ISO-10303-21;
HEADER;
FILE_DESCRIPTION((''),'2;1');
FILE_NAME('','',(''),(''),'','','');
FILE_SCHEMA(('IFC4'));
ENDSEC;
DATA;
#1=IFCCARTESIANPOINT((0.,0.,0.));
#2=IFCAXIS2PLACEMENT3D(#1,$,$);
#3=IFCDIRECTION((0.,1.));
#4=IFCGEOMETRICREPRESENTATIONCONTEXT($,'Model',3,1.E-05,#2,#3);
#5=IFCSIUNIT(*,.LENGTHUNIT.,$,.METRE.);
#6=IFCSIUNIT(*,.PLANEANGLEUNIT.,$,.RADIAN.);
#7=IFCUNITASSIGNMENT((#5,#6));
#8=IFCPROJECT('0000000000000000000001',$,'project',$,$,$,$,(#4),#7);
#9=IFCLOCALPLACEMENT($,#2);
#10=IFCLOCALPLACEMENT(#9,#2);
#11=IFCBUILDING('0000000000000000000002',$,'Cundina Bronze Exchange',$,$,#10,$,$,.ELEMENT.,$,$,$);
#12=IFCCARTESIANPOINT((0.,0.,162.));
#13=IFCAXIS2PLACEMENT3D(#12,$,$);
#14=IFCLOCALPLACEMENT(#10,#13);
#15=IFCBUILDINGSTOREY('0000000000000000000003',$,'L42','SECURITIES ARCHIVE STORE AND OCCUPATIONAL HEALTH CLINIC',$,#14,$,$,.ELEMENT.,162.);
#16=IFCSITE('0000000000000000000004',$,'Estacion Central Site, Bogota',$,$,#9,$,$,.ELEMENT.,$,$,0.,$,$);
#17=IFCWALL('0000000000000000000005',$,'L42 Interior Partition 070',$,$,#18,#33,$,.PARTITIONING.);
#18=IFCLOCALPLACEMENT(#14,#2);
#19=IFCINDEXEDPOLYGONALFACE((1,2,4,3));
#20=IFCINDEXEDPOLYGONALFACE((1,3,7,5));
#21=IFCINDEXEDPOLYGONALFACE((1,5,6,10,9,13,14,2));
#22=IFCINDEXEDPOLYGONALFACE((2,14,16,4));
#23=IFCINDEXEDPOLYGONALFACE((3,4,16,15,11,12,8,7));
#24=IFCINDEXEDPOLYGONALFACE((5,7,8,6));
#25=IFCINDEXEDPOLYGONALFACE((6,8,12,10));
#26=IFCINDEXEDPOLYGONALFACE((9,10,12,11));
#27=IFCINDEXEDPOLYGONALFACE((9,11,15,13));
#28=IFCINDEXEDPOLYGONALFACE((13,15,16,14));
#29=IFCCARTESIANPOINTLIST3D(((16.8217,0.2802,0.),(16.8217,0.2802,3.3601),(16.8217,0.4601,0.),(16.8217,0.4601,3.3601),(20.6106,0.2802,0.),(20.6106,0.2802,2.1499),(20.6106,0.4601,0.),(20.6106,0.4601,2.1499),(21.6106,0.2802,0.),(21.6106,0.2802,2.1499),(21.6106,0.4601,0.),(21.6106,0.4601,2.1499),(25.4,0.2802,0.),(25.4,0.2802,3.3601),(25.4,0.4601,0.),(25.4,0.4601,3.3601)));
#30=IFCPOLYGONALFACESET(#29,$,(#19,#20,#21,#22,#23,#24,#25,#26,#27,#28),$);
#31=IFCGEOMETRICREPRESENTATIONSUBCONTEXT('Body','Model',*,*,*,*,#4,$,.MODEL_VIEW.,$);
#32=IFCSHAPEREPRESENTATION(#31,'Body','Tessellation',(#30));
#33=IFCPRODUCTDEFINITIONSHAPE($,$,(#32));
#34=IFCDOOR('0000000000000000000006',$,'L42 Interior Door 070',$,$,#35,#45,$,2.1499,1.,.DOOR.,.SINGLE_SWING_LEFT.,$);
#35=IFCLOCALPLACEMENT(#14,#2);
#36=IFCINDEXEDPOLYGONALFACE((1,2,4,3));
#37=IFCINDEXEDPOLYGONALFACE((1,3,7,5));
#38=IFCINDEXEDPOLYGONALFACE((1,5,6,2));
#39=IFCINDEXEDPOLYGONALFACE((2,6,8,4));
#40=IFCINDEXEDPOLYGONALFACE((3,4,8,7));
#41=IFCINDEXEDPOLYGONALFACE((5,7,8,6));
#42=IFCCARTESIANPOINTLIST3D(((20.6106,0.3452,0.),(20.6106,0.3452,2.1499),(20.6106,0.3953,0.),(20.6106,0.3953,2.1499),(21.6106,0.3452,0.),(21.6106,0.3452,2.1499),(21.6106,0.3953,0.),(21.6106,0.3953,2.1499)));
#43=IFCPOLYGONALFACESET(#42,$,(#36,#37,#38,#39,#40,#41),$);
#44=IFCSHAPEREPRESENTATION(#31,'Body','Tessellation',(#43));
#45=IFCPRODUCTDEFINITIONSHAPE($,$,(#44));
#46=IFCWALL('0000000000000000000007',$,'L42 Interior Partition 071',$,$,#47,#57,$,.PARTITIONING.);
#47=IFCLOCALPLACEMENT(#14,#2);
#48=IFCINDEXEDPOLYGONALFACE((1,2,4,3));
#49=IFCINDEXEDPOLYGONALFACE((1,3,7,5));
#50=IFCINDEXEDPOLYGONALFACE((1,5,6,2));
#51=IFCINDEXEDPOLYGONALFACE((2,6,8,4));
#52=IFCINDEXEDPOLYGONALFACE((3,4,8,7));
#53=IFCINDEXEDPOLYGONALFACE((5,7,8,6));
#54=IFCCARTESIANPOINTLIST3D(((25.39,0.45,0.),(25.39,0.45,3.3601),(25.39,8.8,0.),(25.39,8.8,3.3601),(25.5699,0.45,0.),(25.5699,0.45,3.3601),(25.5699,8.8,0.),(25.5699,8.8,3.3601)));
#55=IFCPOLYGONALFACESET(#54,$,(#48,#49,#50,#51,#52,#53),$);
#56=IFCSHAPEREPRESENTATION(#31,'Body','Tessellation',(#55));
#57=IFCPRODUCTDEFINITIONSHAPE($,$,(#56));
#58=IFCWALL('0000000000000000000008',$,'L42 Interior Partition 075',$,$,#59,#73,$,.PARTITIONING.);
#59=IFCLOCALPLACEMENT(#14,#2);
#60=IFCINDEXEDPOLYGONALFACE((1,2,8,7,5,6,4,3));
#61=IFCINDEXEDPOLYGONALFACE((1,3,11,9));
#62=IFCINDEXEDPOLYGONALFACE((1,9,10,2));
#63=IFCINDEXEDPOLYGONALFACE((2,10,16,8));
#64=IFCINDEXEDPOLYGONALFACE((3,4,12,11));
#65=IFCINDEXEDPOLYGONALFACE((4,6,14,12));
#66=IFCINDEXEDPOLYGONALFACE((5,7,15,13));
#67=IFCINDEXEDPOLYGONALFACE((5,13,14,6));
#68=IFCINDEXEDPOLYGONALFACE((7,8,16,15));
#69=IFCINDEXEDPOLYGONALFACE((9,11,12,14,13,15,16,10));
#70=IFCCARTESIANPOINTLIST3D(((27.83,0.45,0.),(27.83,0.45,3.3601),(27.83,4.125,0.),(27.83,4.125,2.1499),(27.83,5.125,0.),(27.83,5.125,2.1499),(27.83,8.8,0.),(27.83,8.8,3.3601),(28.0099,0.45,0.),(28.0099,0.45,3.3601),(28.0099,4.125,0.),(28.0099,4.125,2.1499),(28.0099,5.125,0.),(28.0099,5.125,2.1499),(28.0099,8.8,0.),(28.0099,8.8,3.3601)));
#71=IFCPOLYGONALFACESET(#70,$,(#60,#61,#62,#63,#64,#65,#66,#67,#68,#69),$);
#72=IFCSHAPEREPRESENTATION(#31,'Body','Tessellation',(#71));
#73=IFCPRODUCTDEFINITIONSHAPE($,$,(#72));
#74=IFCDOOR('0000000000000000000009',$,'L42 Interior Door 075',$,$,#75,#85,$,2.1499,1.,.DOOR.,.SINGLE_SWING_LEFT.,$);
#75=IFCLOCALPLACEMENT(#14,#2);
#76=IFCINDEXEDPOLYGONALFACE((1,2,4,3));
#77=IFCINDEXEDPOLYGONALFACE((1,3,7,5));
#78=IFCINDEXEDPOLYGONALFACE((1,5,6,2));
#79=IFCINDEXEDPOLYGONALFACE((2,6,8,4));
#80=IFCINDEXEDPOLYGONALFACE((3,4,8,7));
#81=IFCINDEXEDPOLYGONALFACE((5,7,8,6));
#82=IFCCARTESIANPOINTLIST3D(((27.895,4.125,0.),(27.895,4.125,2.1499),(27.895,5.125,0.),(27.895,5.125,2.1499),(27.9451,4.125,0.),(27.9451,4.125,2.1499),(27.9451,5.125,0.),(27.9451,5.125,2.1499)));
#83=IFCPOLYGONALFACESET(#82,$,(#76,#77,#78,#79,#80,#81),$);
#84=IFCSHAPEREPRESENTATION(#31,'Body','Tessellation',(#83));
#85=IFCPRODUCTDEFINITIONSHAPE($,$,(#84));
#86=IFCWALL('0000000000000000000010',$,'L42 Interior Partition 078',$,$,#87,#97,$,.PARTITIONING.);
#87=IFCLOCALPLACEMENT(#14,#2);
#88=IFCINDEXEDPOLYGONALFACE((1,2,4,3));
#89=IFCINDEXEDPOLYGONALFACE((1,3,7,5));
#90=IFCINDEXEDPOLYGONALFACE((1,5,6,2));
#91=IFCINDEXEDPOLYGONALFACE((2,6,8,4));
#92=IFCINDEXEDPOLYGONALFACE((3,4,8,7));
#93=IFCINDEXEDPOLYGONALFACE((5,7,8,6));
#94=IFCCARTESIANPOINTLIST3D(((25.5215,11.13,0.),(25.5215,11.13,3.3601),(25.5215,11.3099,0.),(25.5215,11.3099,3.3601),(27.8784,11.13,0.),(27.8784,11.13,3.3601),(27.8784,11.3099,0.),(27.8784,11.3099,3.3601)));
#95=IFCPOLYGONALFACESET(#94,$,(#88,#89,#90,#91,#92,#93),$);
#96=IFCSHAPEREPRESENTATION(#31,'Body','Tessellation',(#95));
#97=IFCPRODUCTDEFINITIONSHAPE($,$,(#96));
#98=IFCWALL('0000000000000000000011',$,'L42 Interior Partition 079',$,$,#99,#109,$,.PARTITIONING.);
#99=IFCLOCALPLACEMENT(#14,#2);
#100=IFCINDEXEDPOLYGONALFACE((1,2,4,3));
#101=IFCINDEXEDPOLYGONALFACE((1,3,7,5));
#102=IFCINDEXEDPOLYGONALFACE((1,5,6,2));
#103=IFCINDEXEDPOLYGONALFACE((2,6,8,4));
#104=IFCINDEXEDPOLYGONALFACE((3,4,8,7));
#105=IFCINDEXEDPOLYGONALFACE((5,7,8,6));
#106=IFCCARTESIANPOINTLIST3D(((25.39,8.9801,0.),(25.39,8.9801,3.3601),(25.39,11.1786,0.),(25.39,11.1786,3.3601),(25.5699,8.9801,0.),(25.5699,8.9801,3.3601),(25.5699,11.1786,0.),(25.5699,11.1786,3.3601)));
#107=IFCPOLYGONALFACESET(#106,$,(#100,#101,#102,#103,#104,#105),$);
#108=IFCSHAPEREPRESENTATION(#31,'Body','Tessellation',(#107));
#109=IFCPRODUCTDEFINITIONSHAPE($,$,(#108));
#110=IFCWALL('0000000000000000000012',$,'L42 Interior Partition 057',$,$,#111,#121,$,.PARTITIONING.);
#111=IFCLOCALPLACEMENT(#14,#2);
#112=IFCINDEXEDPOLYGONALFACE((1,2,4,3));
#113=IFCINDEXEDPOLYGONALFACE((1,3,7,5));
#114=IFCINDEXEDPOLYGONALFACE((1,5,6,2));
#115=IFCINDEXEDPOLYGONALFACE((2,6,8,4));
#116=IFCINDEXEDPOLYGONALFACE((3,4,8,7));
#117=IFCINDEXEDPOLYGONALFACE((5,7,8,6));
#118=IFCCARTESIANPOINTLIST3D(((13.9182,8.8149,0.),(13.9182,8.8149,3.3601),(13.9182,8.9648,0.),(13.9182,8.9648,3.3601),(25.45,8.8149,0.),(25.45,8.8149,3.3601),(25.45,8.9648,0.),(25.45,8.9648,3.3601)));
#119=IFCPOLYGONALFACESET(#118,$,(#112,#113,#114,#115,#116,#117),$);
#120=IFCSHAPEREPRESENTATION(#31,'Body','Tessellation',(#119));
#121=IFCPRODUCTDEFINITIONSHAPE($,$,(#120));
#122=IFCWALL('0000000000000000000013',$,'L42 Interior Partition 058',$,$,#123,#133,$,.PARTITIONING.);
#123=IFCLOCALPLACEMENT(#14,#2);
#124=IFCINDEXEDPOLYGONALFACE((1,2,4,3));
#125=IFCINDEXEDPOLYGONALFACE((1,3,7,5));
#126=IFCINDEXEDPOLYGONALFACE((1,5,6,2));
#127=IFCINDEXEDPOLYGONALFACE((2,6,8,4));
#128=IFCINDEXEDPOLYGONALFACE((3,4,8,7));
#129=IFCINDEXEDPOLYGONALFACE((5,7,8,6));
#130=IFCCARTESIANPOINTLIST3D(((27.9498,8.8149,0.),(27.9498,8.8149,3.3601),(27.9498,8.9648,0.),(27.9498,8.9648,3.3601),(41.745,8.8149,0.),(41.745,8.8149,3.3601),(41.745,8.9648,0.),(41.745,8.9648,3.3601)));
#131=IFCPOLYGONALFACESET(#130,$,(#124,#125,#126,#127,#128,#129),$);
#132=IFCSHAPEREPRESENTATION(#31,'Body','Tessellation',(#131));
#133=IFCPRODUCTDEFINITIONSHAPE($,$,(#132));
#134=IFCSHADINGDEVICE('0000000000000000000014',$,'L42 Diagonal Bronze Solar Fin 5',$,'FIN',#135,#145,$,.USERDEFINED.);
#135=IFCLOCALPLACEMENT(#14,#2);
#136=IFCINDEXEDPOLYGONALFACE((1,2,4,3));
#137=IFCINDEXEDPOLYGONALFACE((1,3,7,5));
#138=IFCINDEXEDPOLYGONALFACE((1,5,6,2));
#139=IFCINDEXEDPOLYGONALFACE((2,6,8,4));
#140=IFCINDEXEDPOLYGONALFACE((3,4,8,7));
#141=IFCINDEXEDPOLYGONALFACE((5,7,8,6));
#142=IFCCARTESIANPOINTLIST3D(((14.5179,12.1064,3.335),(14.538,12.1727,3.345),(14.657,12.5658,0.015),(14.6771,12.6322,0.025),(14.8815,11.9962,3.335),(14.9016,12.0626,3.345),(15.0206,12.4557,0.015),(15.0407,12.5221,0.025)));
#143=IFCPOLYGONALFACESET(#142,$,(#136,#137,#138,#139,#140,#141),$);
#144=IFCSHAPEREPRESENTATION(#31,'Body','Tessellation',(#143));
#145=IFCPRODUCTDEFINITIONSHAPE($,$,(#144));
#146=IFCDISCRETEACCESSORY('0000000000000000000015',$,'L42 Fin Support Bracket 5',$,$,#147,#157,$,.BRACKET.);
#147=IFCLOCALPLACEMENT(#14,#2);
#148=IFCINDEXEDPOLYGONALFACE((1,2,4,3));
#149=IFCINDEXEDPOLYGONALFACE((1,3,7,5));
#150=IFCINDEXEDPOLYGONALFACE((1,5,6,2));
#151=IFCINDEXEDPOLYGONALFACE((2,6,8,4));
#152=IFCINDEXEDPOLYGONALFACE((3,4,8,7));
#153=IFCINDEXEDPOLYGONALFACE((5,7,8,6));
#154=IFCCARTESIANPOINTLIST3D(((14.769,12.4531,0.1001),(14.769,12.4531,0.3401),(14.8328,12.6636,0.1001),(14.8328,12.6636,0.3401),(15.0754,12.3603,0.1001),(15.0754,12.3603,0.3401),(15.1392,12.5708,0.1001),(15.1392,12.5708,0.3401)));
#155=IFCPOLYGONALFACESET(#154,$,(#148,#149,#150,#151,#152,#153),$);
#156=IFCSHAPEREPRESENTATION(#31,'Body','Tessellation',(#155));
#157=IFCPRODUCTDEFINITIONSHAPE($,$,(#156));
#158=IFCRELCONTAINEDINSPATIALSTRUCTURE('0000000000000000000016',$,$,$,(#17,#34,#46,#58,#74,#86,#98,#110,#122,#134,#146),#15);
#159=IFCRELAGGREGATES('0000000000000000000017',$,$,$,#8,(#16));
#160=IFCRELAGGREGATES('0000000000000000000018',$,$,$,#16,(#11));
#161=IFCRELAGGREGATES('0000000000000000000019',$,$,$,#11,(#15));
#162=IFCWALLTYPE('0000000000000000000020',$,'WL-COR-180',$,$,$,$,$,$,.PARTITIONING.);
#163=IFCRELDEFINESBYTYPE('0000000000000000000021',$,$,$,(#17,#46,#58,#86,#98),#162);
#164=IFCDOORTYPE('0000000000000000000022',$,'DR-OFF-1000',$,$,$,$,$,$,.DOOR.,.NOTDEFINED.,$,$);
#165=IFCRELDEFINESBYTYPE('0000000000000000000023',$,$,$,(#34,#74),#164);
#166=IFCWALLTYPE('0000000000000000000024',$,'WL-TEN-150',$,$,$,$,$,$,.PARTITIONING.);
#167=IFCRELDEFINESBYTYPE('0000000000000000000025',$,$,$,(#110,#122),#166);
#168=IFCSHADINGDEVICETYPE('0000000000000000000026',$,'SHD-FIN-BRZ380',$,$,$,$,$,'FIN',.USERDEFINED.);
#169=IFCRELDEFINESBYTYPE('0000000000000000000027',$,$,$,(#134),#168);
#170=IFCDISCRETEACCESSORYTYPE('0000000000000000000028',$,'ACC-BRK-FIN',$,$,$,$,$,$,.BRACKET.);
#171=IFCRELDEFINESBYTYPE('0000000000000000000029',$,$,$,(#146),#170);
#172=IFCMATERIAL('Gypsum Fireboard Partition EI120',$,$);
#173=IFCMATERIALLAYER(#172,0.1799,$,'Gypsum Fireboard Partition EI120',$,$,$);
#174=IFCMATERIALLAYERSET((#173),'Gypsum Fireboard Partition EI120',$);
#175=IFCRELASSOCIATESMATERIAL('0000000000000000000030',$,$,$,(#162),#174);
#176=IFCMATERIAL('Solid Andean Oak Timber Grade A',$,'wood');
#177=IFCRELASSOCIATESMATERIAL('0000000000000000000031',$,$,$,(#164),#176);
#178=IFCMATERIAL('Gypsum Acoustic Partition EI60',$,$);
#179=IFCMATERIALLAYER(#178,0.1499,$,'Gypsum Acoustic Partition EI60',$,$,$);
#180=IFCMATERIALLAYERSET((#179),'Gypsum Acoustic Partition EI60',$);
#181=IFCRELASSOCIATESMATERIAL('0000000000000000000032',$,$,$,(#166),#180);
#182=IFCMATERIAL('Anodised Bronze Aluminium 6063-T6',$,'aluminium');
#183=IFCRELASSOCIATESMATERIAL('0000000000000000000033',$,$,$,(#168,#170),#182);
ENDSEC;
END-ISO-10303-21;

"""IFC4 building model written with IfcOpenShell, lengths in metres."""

from ifc_helpers import new_model, si_unit, direction, frame, frame_2d, origin, origin_2d, place, context, subcontext, project, spatial, rectangle, extrude, material, layer, layer_set, material_profile, profile_set, type_object, element, fill, save


model = new_model("IFC4")

# Units and contexts
model_context = context("Model", 3, precision=1e-05, world=origin(), true_north=direction((0.0, 1.0)))
body_context = subcontext(model_context, "Body", "Model", "MODEL_VIEW")
ifc_project = project(units=[si_unit("LENGTHUNIT", "METRE"), si_unit("PLANEANGLEUNIT", "RADIAN")], contexts=[model_context])

# Site, building, storey
site_placement = place(None, origin())
site = spatial("IfcSite", under=ifc_project, at=site_placement, Name="Estacion Central Site, Bogota", CompositionType="ELEMENT", RefElevation=0.0)
building_placement = place(site_placement, origin())
building = spatial("IfcBuilding", under=site, at=building_placement, Name="Cundina Bronze Exchange", CompositionType="ELEMENT")
storey_placement = place(building_placement, frame((0.0, 0.0, 162.0)))
storey = spatial("IfcBuildingStorey", under=building, at=storey_placement, Name="L42", Description="SECURITIES ARCHIVE STORE AND OCCUPATIONAL HEALTH CLINIC", CompositionType="ELEMENT", Elevation=162.0)

# Shared definitions
ifc_material_1 = material(Name="Anodised Bronze Aluminium 6063-T6", Category="aluminium")

# Wall, opening, door
ifc_material_2 = material(Name="Gypsum Fireboard Partition EI120")
ifc_layer_1 = layer(ifc_material_2, 0.1799, Name="Gypsum Fireboard Partition EI120")
ifc_layer_set_1 = layer_set([ifc_layer_1], Name="Gypsum Fireboard Partition EI120")
wall_type_1 = type_object("IfcWallType", Name="WL-COR-180", PredefinedType="PARTITIONING", material=ifc_layer_set_1)
wall_1_placement = place(storey_placement, frame((25.3999, 0.3701, 0.0), z_axis=(0.0, 0.0, 1.0), x_axis=(-1.0, 0.0, 0.0)))
wall_1 = element("IfcWall", 1, at=wall_1_placement, inside=storey, type_object=wall_type_1, Name="L42 Interior Partition 070", PredefinedType="PARTITIONING", context=body_context, shape_type="SweptSolid", body=[
    extrude(rectangle(XDim=8.5784, YDim=0.1799, at=frame_2d((4.2891, 0.0))), origin(), (0.0, 0.0, 1.0), 3.3601),
])
opening_1_placement = place(wall_1_placement, frame((3.7893, 0.0, 0.0)))
opening_1 = element("IfcOpeningElement", 2, at=opening_1_placement, cuts=wall_1, PredefinedType="OPENING", context=body_context, shape_type="SweptSolid", body=[
    extrude(rectangle(XDim=1.0, YDim=2.1499, at=frame_2d((0.5, 1.075))), frame((0.0, 0.0999, 0.0), z_axis=(0.0, -1.0, 0.0), x_axis=(1.0, 0.0, 0.0)), (0.0, 0.0, 1.0), 0.2),
])
ifc_material_3 = material(Name="Solid Andean Oak Timber Grade A", Category="wood")
door_type = type_object("IfcDoorType", Name="DR-OFF-1000", OperationType="NOTDEFINED", PredefinedType="DOOR", material=ifc_material_3)
door_1_placement = place(opening_1_placement, origin())
door_1 = element("IfcDoor", 3, at=door_1_placement, inside=storey, type_object=door_type, Name="L42 Interior Door 070", OperationType="SINGLE_SWING_LEFT", OverallHeight=2.1499, OverallWidth=1.0, PredefinedType="DOOR", context=body_context, shape_type="SweptSolid", body=[
    extrude(rectangle(XDim=1.0, YDim=2.1499, at=frame_2d((0.5, 1.075))), frame((0.0, 0.0249, 0.0), z_axis=(0.0, -1.0, 0.0), x_axis=(1.0, 0.0, 0.0)), (0.0, 0.0, 1.0), 0.05),
])
fill(opening_1, door_1)

# Wall
wall_2_placement = place(storey_placement, frame((25.48, 8.8, 0.0), z_axis=(0.0, 0.0, 1.0), x_axis=(0.0, -1.0, 0.0)))
element("IfcWall", 4, at=wall_2_placement, inside=storey, type_object=wall_type_1, Name="L42 Interior Partition 071", PredefinedType="PARTITIONING", context=body_context, shape_type="SweptSolid", body=[
    extrude(rectangle(XDim=8.3501, YDim=0.1799, at=frame_2d((4.175, 0.0))), origin(), (0.0, 0.0, 1.0), 3.3601),
])

# Wall, opening, door
wall_3_placement = place(storey_placement, frame((27.9199, 0.45, 0.0), z_axis=(0.0, 0.0, 1.0), x_axis=(0.0, 1.0, 0.0)))
wall_3 = element("IfcWall", 5, at=wall_3_placement, inside=storey, type_object=wall_type_1, Name="L42 Interior Partition 075", PredefinedType="PARTITIONING", context=body_context, shape_type="SweptSolid", body=[
    extrude(rectangle(XDim=8.3501, YDim=0.1799, at=frame_2d((4.175, 0.0))), origin(), (0.0, 0.0, 1.0), 3.3601),
])
opening_2_placement = place(wall_3_placement, frame((3.675, 0.0, 0.0)))
opening_2 = element("IfcOpeningElement", 6, at=opening_2_placement, cuts=wall_3, PredefinedType="OPENING", context=body_context, shape_type="SweptSolid", body=[
    extrude(rectangle(XDim=1.0, YDim=2.1499, at=frame_2d((0.5, 1.075))), frame((0.0, 0.0999, 0.0), z_axis=(0.0, -1.0, 0.0), x_axis=(1.0, 0.0, 0.0)), (0.0, 0.0, 1.0), 0.2),
])
door_2_placement = place(opening_2_placement, origin())
door_2 = element("IfcDoor", 7, at=door_2_placement, inside=storey, type_object=door_type, Name="L42 Interior Door 075", OperationType="SINGLE_SWING_LEFT", OverallHeight=2.1499, OverallWidth=1.0, PredefinedType="DOOR", context=body_context, shape_type="SweptSolid", body=[
    extrude(rectangle(XDim=1.0, YDim=2.1499, at=frame_2d((0.5, 1.075))), frame((0.0, 0.0249, 0.0), z_axis=(0.0, -1.0, 0.0), x_axis=(1.0, 0.0, 0.0)), (0.0, 0.0, 1.0), 0.05),
])
fill(opening_2, door_2)

# Walls
wall_4_placement = place(storey_placement, frame((27.8784, 11.22, 0.0), z_axis=(0.0, 0.0, 1.0), x_axis=(-1.0, 0.0, 0.0)))
element("IfcWall", 8, at=wall_4_placement, inside=storey, type_object=wall_type_1, Name="L42 Interior Partition 078", PredefinedType="PARTITIONING", context=body_context, shape_type="SweptSolid", body=[
    extrude(rectangle(XDim=2.3569, YDim=0.1799, at=frame_2d((1.1785, 0.0))), origin(), (0.0, 0.0, 1.0), 3.3601),
])
wall_5_placement = place(storey_placement, frame((25.48, 11.1785, 0.0), z_axis=(0.0, 0.0, 1.0), x_axis=(0.0, -1.0, 0.0)))
element("IfcWall", 9, at=wall_5_placement, inside=storey, type_object=wall_type_1, Name="L42 Interior Partition 079", PredefinedType="PARTITIONING", context=body_context, shape_type="SweptSolid", body=[
    extrude(rectangle(XDim=2.1985, YDim=0.1799, at=frame_2d((1.0991, 0.0))), origin(), (0.0, 0.0, 1.0), 3.3601),
])

# Walls
ifc_material_4 = material(Name="Gypsum Acoustic Partition EI60")
ifc_layer_2 = layer(ifc_material_4, 0.1499, Name="Gypsum Acoustic Partition EI60")
ifc_layer_set_2 = layer_set([ifc_layer_2], Name="Gypsum Acoustic Partition EI60")
wall_type_2 = type_object("IfcWallType", Name="WL-TEN-150", PredefinedType="PARTITIONING", material=ifc_layer_set_2)
wall_6_placement = place(storey_placement, frame((13.9182, 8.8899, 0.0), z_axis=(0.0, 0.0, 1.0), x_axis=(1.0, 0.0, 0.0)))
element("IfcWall", 10, at=wall_6_placement, inside=storey, type_object=wall_type_2, Name="L42 Interior Partition 057", PredefinedType="PARTITIONING", context=body_context, shape_type="SweptSolid", body=[
    extrude(rectangle(XDim=11.5317, YDim=0.1499, at=frame_2d((5.7659, 0.0))), origin(), (0.0, 0.0, 1.0), 3.3601),
])
wall_7_placement = place(storey_placement, frame((27.95, 8.8899, 0.0), z_axis=(0.0, 0.0, 1.0), x_axis=(1.0, 0.0, 0.0)))
element("IfcWall", 11, at=wall_7_placement, inside=storey, type_object=wall_type_2, Name="L42 Interior Partition 058", PredefinedType="PARTITIONING", context=body_context, shape_type="SweptSolid", body=[
    extrude(rectangle(XDim=13.7952, YDim=0.1499, at=frame_2d((6.8975, 0.0))), origin(), (0.0, 0.0, 1.0), 3.3601),
])

# Shading device
ifc_material_profile_1 = material_profile(ifc_material_1, rectangle(XDim=0.0701, YDim=0.3799, at=origin_2d()), Name="FIN70X380", Category="aluminium")
ifc_profile_set_1 = profile_set([ifc_material_profile_1], Name="Anodised Bronze Aluminium 6063-T6")
shading_device_type = type_object("IfcShadingDeviceType", Name="SHD-FIN-BRZ380", ElementType="FIN", PredefinedType="USERDEFINED", material=ifc_profile_set_1)
shading_device_placement = place(storey_placement, frame((14.8489, 12.5439, 0.02), z_axis=(-0.041483, -0.136968, 0.989706), x_axis=(0.286883, 0.947216, 0.143112)))
element("IfcShadingDevice", 12, at=shading_device_placement, inside=storey, type_object=shading_device_type, Name="L42 Diagonal Bronze Solar Fin 5", ObjectType="FIN", PredefinedType="USERDEFINED", context=body_context, shape_type="SweptSolid", body=[
    extrude(rectangle(XDim=0.0701, YDim=0.3799, at=origin_2d()), origin(), (0.0, 0.0, 1.0), 3.3545),
])

# Discrete accessory
discrete_accessory_type = type_object("IfcDiscreteAccessoryType", Name="ACC-BRK-FIN", PredefinedType="BRACKET", material=ifc_material_1)
discrete_accessory_placement = place(storey_placement, frame((14.9541, 12.512, 0.1001), z_axis=(0.0, 0.0, 1.0), x_axis=(-0.290051, -0.957011, 0.0)))
element("IfcDiscreteAccessory", 13, at=discrete_accessory_placement, inside=storey, type_object=discrete_accessory_type, Name="L42 Fin Support Bracket 5", PredefinedType="BRACKET", context=body_context, shape_type="SweptSolid", body=[
    extrude(rectangle(XDim=0.22, YDim=0.3201, at=origin_2d()), origin(), (0.0, 0.0, 1.0), 0.24),
])

save(model, "model.ifc")
